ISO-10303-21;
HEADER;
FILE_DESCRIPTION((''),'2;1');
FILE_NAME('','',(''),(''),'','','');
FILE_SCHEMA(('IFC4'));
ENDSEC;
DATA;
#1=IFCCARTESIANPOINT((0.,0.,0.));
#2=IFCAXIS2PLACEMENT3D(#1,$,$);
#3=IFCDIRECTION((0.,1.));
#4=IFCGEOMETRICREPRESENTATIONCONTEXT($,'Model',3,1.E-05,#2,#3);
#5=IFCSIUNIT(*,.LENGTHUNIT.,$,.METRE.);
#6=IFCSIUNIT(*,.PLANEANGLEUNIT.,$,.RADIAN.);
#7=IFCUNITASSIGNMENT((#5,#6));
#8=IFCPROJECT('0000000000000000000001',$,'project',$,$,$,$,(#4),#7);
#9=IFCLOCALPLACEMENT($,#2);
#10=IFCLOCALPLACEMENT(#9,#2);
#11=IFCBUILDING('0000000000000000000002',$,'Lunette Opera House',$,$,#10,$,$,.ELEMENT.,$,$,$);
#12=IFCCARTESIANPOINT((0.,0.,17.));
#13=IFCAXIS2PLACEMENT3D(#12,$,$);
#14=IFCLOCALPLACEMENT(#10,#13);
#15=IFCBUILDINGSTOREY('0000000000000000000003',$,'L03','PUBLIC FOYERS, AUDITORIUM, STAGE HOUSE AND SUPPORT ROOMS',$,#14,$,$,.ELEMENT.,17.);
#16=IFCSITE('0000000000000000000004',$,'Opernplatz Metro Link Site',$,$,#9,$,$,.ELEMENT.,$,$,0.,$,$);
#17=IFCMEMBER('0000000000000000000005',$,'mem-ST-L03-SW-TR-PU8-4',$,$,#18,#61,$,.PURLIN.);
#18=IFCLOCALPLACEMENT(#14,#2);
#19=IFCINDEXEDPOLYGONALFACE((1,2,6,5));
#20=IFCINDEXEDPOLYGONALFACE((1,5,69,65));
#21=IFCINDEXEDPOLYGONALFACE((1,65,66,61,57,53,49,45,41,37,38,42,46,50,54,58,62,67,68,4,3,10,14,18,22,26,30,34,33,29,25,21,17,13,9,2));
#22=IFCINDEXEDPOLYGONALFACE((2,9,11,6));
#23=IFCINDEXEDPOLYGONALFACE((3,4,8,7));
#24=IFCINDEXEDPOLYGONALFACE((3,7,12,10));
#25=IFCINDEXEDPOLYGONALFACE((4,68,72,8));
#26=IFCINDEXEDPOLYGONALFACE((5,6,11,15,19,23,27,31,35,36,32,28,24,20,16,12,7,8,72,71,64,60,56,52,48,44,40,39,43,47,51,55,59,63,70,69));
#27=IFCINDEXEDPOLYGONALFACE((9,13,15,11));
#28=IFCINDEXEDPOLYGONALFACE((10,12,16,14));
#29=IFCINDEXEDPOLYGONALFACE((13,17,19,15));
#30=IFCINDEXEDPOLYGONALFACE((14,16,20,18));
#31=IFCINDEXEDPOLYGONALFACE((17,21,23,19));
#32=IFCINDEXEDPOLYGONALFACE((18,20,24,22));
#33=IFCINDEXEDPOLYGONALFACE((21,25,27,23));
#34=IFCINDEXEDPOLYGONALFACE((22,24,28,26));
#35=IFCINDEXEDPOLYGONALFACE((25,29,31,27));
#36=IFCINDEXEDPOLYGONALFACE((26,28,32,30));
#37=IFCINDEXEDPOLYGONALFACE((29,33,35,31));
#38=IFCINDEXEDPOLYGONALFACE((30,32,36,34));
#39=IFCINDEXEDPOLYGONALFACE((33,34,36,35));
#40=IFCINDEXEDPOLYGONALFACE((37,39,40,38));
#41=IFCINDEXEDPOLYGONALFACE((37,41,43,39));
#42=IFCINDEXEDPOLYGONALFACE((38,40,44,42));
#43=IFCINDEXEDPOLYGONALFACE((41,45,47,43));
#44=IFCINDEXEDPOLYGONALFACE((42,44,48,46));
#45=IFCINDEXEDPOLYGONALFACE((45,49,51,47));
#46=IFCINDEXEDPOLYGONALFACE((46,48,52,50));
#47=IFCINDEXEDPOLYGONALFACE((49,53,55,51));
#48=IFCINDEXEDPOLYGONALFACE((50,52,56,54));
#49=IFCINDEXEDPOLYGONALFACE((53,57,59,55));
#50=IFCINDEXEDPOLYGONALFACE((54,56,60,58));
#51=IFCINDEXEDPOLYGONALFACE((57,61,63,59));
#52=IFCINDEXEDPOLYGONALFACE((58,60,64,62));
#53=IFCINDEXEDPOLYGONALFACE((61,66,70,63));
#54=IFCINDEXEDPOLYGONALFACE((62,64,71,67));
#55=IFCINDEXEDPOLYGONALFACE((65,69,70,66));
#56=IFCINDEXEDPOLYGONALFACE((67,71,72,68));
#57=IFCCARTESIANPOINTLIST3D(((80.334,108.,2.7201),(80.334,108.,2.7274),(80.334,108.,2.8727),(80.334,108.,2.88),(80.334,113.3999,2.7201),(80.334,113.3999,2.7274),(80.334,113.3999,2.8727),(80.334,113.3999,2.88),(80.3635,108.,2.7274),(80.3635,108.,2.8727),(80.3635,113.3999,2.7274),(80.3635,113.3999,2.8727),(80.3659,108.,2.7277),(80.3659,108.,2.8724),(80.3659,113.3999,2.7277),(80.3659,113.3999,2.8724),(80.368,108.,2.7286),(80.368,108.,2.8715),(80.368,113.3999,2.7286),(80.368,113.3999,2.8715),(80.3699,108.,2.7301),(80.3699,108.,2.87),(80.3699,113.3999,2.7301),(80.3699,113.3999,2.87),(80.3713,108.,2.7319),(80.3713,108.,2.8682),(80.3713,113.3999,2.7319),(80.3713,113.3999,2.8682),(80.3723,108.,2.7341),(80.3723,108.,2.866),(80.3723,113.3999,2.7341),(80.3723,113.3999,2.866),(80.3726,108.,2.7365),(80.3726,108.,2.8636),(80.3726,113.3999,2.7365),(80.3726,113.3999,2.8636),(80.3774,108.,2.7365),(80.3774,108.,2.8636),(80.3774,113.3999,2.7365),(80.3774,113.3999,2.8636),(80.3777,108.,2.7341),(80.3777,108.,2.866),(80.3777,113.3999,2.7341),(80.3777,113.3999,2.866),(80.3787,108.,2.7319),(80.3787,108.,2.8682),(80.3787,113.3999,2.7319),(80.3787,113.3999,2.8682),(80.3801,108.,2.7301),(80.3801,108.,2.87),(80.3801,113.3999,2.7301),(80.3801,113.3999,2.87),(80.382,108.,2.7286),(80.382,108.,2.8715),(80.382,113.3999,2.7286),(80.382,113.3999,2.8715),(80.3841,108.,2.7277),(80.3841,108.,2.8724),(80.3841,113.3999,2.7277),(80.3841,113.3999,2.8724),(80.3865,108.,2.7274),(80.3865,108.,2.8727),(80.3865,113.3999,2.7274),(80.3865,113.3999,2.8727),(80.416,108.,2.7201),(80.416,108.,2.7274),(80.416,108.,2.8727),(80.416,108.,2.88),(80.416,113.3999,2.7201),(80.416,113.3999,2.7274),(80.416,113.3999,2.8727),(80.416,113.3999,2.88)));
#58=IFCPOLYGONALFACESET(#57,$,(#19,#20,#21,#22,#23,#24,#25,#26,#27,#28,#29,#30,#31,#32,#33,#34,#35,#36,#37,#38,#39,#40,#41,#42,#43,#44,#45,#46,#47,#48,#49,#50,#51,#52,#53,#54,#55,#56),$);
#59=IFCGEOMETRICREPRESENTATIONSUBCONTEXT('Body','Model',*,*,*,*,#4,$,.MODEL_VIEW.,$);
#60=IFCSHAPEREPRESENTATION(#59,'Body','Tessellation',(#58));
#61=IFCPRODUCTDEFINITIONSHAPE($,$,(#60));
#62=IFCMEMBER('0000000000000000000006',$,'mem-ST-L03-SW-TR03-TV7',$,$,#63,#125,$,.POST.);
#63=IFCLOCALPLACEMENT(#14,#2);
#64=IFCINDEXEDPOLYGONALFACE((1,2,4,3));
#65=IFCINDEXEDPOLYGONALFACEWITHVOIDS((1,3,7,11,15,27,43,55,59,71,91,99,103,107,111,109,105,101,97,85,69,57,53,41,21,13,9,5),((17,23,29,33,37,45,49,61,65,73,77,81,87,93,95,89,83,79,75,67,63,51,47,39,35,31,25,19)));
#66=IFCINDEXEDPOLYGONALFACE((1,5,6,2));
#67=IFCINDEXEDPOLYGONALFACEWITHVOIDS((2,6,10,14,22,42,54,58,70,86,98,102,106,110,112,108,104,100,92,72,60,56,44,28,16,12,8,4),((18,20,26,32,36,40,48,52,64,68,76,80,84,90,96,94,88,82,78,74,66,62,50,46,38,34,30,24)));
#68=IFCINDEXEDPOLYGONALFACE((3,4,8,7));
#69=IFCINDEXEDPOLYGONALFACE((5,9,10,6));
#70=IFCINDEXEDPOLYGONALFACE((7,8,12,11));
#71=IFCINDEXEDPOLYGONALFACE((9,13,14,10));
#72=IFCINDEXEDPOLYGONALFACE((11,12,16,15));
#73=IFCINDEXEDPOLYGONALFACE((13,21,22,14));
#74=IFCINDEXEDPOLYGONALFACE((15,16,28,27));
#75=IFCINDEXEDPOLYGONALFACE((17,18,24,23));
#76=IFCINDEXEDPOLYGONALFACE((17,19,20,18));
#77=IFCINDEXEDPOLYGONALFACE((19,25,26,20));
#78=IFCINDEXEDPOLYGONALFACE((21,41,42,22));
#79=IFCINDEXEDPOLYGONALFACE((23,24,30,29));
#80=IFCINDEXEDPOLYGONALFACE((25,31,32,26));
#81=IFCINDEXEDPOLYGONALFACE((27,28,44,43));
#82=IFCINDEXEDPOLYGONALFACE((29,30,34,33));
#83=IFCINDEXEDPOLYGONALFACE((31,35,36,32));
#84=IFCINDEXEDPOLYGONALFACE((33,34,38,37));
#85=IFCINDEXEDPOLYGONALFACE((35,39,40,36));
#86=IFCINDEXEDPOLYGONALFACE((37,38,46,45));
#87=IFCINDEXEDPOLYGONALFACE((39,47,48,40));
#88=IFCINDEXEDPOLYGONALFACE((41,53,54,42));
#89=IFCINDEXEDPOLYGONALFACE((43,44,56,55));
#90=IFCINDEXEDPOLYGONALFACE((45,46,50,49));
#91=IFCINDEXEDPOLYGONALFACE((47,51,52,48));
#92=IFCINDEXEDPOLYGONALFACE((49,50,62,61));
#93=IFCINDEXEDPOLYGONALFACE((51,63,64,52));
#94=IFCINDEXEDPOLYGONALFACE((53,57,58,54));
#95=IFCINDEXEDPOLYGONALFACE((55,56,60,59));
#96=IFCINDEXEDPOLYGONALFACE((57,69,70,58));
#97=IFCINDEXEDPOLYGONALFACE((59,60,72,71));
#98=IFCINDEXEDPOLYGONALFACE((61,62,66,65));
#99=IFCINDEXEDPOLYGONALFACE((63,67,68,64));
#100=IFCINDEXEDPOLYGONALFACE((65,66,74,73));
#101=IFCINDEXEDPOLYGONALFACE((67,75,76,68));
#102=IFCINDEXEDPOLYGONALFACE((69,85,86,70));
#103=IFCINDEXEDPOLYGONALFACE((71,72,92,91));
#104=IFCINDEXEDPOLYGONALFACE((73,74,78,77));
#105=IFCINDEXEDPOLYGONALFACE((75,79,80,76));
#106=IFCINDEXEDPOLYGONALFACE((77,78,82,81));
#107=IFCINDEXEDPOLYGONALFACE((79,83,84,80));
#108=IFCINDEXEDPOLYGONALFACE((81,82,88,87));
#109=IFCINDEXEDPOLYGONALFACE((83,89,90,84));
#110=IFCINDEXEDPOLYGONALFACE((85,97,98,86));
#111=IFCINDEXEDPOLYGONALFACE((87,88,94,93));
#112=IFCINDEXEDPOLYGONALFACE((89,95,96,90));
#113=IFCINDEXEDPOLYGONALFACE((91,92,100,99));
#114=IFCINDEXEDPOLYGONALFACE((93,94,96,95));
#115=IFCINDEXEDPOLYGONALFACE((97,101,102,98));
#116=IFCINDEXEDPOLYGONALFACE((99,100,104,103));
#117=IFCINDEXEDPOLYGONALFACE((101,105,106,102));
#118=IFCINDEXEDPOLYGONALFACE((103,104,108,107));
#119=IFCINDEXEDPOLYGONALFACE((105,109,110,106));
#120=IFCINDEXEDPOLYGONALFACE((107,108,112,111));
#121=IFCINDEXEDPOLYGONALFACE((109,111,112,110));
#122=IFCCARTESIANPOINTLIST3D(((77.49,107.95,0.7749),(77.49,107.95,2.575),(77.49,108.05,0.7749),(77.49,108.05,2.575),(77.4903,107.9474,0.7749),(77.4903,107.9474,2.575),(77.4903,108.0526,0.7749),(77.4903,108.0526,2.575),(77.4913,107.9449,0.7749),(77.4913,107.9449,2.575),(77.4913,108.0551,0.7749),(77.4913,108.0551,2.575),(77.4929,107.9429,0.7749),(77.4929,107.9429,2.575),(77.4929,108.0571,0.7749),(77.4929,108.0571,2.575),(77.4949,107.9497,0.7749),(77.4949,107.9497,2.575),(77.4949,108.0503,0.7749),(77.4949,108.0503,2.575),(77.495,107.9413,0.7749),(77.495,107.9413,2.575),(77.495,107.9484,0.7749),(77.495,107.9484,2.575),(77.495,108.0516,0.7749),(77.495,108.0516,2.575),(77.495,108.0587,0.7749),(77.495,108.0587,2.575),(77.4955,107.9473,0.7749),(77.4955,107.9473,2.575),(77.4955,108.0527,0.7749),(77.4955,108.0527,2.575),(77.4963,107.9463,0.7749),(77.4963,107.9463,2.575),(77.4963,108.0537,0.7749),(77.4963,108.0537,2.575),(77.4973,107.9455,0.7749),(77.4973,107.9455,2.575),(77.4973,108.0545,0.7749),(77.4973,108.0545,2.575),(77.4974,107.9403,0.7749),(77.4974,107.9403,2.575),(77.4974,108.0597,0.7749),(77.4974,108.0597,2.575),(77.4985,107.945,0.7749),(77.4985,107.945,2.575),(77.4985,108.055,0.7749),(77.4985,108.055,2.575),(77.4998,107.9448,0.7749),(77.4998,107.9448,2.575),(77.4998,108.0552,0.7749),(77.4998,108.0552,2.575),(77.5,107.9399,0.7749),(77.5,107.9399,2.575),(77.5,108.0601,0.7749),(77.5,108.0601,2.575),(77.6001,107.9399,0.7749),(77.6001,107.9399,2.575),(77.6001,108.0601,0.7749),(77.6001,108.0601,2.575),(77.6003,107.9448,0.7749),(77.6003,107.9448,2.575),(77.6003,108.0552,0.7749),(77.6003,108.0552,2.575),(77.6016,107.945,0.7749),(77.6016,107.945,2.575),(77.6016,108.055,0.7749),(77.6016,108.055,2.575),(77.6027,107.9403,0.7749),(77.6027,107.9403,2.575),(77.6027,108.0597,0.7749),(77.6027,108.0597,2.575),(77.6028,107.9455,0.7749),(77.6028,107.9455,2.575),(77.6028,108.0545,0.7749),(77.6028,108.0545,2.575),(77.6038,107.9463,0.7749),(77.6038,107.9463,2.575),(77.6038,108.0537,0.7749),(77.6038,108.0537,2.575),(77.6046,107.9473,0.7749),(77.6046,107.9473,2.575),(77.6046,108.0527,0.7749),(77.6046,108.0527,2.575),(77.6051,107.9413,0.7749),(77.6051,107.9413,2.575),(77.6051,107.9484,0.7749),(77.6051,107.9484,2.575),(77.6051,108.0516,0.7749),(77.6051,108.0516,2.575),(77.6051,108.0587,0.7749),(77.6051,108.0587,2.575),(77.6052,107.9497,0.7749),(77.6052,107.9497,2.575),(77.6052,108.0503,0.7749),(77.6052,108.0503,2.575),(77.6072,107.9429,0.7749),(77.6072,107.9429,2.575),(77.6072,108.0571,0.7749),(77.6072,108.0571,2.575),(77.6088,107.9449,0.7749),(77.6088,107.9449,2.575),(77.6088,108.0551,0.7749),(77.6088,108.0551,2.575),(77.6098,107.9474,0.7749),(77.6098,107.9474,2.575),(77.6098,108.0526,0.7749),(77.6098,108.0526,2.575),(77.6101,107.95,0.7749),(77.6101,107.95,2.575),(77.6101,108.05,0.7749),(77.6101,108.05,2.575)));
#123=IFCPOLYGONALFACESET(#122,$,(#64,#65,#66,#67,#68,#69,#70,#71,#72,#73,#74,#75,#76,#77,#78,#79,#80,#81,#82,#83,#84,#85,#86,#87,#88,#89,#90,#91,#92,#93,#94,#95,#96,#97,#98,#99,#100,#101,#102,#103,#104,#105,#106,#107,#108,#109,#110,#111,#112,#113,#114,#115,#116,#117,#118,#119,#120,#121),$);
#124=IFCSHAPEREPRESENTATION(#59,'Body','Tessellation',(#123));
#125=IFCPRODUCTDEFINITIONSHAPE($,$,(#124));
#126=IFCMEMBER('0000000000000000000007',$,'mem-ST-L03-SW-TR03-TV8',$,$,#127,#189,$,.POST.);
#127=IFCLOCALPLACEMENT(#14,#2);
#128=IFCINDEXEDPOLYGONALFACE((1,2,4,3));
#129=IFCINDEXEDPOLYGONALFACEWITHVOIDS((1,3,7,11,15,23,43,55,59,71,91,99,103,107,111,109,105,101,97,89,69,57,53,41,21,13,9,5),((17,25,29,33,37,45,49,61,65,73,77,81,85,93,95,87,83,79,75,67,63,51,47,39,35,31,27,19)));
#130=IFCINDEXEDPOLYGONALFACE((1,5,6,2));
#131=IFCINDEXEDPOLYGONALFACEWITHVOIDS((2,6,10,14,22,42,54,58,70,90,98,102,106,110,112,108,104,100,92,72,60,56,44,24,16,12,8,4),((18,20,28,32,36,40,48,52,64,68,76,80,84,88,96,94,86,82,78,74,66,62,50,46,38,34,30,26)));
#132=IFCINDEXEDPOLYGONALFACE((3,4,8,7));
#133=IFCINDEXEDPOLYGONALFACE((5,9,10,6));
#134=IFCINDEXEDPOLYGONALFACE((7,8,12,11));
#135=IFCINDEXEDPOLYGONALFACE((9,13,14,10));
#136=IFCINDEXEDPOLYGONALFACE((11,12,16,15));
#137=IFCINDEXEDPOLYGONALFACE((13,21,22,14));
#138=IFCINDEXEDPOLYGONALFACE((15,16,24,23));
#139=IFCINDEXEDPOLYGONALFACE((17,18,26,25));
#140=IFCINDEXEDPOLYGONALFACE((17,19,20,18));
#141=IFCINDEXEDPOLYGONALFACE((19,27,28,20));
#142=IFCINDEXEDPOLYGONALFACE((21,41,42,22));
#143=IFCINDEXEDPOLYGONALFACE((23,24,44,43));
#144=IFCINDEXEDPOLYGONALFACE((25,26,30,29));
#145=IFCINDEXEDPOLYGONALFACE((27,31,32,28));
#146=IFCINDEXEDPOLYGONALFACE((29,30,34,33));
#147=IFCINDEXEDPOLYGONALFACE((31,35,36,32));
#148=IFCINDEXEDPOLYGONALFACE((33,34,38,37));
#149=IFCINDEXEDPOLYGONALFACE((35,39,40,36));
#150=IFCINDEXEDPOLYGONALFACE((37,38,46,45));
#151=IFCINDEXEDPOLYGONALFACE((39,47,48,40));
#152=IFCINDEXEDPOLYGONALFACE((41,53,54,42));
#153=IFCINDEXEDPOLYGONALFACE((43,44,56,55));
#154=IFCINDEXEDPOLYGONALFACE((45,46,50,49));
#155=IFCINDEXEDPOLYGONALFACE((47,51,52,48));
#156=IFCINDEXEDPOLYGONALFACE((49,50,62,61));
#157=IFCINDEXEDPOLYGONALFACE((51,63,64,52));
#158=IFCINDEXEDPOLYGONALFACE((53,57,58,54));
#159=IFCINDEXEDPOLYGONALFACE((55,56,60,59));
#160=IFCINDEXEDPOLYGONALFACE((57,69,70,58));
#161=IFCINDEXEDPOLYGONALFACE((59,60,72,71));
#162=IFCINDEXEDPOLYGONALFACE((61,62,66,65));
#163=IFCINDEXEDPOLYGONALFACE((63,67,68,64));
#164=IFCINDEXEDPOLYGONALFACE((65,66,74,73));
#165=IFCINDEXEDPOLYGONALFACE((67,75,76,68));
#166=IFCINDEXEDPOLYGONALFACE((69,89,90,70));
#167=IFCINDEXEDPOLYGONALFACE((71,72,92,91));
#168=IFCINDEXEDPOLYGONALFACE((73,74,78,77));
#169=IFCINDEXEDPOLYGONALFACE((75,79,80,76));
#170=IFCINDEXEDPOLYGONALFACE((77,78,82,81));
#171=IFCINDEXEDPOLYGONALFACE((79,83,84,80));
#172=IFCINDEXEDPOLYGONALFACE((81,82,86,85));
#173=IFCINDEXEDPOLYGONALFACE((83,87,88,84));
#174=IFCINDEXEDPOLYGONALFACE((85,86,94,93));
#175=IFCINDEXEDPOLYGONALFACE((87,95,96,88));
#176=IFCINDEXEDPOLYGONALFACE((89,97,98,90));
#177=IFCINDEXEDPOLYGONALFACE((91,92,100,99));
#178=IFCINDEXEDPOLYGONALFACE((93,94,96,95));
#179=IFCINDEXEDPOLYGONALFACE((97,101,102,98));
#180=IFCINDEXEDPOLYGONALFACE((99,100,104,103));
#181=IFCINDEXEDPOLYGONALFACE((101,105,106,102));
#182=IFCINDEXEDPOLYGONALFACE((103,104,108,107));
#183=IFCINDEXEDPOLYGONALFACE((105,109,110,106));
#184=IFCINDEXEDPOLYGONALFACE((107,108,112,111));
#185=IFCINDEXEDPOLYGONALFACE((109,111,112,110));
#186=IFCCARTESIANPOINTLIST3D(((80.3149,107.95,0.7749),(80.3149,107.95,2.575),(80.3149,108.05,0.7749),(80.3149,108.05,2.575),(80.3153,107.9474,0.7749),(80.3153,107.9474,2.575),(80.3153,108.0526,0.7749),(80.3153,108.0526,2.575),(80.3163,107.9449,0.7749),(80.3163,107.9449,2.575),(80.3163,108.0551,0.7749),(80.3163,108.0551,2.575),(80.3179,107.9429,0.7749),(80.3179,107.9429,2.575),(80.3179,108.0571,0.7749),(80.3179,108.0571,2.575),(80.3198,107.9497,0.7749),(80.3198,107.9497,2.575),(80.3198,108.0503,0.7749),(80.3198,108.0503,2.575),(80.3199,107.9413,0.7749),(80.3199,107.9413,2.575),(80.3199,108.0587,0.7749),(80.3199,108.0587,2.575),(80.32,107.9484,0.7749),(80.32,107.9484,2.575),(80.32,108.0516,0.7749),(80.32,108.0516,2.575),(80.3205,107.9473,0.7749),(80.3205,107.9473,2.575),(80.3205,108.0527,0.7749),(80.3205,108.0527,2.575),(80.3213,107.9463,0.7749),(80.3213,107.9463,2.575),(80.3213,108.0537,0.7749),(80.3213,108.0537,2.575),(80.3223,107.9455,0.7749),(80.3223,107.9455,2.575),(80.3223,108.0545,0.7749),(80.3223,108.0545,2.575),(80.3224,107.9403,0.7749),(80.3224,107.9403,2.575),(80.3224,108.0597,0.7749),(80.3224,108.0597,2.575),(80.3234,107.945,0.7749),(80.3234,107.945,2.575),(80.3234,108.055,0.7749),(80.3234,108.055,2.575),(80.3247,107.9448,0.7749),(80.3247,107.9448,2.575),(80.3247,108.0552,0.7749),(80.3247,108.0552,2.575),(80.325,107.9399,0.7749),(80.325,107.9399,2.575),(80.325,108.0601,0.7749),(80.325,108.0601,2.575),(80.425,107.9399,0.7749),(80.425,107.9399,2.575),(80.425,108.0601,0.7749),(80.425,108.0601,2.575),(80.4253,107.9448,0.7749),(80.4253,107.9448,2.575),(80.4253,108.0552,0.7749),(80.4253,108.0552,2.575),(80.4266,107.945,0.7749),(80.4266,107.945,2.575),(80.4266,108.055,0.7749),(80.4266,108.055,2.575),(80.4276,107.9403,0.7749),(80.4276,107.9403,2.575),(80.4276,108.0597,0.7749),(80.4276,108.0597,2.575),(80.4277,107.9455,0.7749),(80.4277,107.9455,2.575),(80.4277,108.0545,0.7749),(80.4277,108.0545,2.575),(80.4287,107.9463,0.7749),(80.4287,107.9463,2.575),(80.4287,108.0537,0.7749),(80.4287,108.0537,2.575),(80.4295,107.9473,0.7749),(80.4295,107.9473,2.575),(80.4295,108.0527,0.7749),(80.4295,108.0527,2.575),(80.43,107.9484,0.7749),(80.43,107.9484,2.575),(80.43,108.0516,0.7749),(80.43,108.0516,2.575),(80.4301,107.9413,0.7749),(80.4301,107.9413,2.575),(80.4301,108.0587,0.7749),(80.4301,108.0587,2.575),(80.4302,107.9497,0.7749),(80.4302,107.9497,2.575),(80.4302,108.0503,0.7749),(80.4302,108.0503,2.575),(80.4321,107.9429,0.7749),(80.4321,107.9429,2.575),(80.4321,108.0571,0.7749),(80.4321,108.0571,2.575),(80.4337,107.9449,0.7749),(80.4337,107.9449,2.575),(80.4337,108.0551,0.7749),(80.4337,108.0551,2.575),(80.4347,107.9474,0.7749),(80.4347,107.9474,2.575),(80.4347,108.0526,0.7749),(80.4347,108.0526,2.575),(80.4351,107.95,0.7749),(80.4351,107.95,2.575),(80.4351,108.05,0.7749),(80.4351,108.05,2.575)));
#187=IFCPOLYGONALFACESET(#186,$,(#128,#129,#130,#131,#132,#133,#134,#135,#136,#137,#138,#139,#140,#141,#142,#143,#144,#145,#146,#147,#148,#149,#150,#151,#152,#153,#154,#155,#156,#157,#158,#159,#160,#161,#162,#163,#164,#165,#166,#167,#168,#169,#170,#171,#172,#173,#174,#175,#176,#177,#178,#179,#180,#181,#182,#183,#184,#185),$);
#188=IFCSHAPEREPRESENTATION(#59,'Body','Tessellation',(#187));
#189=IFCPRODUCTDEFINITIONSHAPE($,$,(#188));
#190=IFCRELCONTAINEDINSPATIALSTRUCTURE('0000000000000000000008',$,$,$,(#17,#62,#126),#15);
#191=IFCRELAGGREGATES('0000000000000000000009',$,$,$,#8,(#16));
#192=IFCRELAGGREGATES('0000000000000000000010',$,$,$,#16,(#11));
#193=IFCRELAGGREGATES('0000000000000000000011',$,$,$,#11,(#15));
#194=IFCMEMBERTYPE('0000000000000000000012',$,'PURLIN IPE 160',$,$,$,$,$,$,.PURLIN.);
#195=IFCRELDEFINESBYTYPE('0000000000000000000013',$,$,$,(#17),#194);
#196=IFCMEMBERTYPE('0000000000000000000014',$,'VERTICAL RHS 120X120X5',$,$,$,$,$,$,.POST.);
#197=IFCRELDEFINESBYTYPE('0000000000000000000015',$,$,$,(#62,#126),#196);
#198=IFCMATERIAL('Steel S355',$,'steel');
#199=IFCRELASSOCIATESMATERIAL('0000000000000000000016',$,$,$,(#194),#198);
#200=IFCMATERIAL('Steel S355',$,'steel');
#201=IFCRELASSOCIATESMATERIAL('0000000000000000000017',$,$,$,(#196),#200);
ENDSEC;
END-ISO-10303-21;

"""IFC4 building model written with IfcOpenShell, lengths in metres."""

from ifc_helpers import new_model, si_unit, direction, frame, origin, origin_2d, place, context, subcontext, project, spatial, hollow_rectangle, i_section, extrude, material, material_profile, profile_set, type_object, element, save


model = new_model("IFC4")

# Units and contexts
model_context = context("Model", 3, precision=1e-05, world=origin(), true_north=direction((0.0, 1.0)))
body_context = subcontext(model_context, "Body", "Model", "MODEL_VIEW")
ifc_project = project(units=[si_unit("LENGTHUNIT", "METRE"), si_unit("PLANEANGLEUNIT", "RADIAN")], contexts=[model_context])

# Site, building, storey
site_placement = place(None, origin())
site = spatial("IfcSite", under=ifc_project, at=site_placement, Name="Opernplatz Metro Link Site", CompositionType="ELEMENT", RefElevation=0.0)
building_placement = place(site_placement, origin())
building = spatial("IfcBuilding", under=site, at=building_placement, Name="Lunette Opera House", CompositionType="ELEMENT")
storey_placement = place(building_placement, frame((0.0, 0.0, 17.0)))
storey = spatial("IfcBuildingStorey", under=building, at=storey_placement, Name="L03", Description="PUBLIC FOYERS, AUDITORIUM, STAGE HOUSE AND SUPPORT ROOMS", CompositionType="ELEMENT", Elevation=17.0)

# Members
ifc_material_1 = material(Name="Steel S355", Category="steel")
ifc_material_profile_1 = material_profile(ifc_material_1, i_section(OverallWidth=0.082, OverallDepth=0.1599, WebThickness=0.0049, FlangeThickness=0.0073, FilletRadius=0.009, at=origin_2d()), Name="IPE 160")
ifc_profile_set_1 = profile_set([ifc_material_profile_1], Name="Steel S355")
member_type_1 = type_object("IfcMemberType", Name="PURLIN IPE 160", PredefinedType="PURLIN", material=ifc_profile_set_1)
member_1_placement = place(storey_placement, frame((80.375, 108.0, 2.8), z_axis=(0.0, 1.0, 0.0), x_axis=(-1.0, 0.0, 0.0)))
element("IfcMember", 1, at=member_1_placement, inside=storey, type_object=member_type_1, Name="mem-ST-L03-SW-TR-PU8-4", PredefinedType="PURLIN", context=body_context, shape_type="SweptSolid", body=[
    extrude(i_section(OverallWidth=0.082, OverallDepth=0.1599, WebThickness=0.0049, FlangeThickness=0.0073, FilletRadius=0.009, at=origin_2d()), origin(), (0.0, 0.0, 1.0), 5.3999),
])
ifc_material_2 = material(Name="Steel S355", Category="steel")
ifc_material_profile_2 = material_profile(ifc_material_2, hollow_rectangle(XDim=0.1201, YDim=0.1201, WallThickness=0.0049, InnerFilletRadius=0.0049, OuterFilletRadius=0.01, at=origin_2d()), Name="RHS 120X120X5")
ifc_profile_set_2 = profile_set([ifc_material_profile_2], Name="Steel S355")
member_type_2 = type_object("IfcMemberType", Name="VERTICAL RHS 120X120X5", PredefinedType="POST", material=ifc_profile_set_2)
for number, where, z_axis, x_axis, name in (
    (2, (77.55, 108.0, 0.7749), (0.0, 0.0, 1.0), (1.0, 0.0, 0.0), "mem-ST-L03-SW-TR03-TV7"),
    (3, (80.375, 108.0, 0.7749), (0.0, 0.0, 1.0), (1.0, 0.0, 0.0), "mem-ST-L03-SW-TR03-TV8"),
):
    element("IfcMember", number, at=place(storey_placement, frame(where, z_axis=z_axis, x_axis=x_axis)), inside=storey, type_object=member_type_2, Name=name, PredefinedType="POST", context=body_context, shape_type="SweptSolid", body=[
        extrude(hollow_rectangle(XDim=0.1201, YDim=0.1201, WallThickness=0.0049, InnerFilletRadius=0.0049, OuterFilletRadius=0.01, at=origin_2d()), origin(), (0.0, 0.0, 1.0), 1.8),
    ])

save(model, "model.ifc")
